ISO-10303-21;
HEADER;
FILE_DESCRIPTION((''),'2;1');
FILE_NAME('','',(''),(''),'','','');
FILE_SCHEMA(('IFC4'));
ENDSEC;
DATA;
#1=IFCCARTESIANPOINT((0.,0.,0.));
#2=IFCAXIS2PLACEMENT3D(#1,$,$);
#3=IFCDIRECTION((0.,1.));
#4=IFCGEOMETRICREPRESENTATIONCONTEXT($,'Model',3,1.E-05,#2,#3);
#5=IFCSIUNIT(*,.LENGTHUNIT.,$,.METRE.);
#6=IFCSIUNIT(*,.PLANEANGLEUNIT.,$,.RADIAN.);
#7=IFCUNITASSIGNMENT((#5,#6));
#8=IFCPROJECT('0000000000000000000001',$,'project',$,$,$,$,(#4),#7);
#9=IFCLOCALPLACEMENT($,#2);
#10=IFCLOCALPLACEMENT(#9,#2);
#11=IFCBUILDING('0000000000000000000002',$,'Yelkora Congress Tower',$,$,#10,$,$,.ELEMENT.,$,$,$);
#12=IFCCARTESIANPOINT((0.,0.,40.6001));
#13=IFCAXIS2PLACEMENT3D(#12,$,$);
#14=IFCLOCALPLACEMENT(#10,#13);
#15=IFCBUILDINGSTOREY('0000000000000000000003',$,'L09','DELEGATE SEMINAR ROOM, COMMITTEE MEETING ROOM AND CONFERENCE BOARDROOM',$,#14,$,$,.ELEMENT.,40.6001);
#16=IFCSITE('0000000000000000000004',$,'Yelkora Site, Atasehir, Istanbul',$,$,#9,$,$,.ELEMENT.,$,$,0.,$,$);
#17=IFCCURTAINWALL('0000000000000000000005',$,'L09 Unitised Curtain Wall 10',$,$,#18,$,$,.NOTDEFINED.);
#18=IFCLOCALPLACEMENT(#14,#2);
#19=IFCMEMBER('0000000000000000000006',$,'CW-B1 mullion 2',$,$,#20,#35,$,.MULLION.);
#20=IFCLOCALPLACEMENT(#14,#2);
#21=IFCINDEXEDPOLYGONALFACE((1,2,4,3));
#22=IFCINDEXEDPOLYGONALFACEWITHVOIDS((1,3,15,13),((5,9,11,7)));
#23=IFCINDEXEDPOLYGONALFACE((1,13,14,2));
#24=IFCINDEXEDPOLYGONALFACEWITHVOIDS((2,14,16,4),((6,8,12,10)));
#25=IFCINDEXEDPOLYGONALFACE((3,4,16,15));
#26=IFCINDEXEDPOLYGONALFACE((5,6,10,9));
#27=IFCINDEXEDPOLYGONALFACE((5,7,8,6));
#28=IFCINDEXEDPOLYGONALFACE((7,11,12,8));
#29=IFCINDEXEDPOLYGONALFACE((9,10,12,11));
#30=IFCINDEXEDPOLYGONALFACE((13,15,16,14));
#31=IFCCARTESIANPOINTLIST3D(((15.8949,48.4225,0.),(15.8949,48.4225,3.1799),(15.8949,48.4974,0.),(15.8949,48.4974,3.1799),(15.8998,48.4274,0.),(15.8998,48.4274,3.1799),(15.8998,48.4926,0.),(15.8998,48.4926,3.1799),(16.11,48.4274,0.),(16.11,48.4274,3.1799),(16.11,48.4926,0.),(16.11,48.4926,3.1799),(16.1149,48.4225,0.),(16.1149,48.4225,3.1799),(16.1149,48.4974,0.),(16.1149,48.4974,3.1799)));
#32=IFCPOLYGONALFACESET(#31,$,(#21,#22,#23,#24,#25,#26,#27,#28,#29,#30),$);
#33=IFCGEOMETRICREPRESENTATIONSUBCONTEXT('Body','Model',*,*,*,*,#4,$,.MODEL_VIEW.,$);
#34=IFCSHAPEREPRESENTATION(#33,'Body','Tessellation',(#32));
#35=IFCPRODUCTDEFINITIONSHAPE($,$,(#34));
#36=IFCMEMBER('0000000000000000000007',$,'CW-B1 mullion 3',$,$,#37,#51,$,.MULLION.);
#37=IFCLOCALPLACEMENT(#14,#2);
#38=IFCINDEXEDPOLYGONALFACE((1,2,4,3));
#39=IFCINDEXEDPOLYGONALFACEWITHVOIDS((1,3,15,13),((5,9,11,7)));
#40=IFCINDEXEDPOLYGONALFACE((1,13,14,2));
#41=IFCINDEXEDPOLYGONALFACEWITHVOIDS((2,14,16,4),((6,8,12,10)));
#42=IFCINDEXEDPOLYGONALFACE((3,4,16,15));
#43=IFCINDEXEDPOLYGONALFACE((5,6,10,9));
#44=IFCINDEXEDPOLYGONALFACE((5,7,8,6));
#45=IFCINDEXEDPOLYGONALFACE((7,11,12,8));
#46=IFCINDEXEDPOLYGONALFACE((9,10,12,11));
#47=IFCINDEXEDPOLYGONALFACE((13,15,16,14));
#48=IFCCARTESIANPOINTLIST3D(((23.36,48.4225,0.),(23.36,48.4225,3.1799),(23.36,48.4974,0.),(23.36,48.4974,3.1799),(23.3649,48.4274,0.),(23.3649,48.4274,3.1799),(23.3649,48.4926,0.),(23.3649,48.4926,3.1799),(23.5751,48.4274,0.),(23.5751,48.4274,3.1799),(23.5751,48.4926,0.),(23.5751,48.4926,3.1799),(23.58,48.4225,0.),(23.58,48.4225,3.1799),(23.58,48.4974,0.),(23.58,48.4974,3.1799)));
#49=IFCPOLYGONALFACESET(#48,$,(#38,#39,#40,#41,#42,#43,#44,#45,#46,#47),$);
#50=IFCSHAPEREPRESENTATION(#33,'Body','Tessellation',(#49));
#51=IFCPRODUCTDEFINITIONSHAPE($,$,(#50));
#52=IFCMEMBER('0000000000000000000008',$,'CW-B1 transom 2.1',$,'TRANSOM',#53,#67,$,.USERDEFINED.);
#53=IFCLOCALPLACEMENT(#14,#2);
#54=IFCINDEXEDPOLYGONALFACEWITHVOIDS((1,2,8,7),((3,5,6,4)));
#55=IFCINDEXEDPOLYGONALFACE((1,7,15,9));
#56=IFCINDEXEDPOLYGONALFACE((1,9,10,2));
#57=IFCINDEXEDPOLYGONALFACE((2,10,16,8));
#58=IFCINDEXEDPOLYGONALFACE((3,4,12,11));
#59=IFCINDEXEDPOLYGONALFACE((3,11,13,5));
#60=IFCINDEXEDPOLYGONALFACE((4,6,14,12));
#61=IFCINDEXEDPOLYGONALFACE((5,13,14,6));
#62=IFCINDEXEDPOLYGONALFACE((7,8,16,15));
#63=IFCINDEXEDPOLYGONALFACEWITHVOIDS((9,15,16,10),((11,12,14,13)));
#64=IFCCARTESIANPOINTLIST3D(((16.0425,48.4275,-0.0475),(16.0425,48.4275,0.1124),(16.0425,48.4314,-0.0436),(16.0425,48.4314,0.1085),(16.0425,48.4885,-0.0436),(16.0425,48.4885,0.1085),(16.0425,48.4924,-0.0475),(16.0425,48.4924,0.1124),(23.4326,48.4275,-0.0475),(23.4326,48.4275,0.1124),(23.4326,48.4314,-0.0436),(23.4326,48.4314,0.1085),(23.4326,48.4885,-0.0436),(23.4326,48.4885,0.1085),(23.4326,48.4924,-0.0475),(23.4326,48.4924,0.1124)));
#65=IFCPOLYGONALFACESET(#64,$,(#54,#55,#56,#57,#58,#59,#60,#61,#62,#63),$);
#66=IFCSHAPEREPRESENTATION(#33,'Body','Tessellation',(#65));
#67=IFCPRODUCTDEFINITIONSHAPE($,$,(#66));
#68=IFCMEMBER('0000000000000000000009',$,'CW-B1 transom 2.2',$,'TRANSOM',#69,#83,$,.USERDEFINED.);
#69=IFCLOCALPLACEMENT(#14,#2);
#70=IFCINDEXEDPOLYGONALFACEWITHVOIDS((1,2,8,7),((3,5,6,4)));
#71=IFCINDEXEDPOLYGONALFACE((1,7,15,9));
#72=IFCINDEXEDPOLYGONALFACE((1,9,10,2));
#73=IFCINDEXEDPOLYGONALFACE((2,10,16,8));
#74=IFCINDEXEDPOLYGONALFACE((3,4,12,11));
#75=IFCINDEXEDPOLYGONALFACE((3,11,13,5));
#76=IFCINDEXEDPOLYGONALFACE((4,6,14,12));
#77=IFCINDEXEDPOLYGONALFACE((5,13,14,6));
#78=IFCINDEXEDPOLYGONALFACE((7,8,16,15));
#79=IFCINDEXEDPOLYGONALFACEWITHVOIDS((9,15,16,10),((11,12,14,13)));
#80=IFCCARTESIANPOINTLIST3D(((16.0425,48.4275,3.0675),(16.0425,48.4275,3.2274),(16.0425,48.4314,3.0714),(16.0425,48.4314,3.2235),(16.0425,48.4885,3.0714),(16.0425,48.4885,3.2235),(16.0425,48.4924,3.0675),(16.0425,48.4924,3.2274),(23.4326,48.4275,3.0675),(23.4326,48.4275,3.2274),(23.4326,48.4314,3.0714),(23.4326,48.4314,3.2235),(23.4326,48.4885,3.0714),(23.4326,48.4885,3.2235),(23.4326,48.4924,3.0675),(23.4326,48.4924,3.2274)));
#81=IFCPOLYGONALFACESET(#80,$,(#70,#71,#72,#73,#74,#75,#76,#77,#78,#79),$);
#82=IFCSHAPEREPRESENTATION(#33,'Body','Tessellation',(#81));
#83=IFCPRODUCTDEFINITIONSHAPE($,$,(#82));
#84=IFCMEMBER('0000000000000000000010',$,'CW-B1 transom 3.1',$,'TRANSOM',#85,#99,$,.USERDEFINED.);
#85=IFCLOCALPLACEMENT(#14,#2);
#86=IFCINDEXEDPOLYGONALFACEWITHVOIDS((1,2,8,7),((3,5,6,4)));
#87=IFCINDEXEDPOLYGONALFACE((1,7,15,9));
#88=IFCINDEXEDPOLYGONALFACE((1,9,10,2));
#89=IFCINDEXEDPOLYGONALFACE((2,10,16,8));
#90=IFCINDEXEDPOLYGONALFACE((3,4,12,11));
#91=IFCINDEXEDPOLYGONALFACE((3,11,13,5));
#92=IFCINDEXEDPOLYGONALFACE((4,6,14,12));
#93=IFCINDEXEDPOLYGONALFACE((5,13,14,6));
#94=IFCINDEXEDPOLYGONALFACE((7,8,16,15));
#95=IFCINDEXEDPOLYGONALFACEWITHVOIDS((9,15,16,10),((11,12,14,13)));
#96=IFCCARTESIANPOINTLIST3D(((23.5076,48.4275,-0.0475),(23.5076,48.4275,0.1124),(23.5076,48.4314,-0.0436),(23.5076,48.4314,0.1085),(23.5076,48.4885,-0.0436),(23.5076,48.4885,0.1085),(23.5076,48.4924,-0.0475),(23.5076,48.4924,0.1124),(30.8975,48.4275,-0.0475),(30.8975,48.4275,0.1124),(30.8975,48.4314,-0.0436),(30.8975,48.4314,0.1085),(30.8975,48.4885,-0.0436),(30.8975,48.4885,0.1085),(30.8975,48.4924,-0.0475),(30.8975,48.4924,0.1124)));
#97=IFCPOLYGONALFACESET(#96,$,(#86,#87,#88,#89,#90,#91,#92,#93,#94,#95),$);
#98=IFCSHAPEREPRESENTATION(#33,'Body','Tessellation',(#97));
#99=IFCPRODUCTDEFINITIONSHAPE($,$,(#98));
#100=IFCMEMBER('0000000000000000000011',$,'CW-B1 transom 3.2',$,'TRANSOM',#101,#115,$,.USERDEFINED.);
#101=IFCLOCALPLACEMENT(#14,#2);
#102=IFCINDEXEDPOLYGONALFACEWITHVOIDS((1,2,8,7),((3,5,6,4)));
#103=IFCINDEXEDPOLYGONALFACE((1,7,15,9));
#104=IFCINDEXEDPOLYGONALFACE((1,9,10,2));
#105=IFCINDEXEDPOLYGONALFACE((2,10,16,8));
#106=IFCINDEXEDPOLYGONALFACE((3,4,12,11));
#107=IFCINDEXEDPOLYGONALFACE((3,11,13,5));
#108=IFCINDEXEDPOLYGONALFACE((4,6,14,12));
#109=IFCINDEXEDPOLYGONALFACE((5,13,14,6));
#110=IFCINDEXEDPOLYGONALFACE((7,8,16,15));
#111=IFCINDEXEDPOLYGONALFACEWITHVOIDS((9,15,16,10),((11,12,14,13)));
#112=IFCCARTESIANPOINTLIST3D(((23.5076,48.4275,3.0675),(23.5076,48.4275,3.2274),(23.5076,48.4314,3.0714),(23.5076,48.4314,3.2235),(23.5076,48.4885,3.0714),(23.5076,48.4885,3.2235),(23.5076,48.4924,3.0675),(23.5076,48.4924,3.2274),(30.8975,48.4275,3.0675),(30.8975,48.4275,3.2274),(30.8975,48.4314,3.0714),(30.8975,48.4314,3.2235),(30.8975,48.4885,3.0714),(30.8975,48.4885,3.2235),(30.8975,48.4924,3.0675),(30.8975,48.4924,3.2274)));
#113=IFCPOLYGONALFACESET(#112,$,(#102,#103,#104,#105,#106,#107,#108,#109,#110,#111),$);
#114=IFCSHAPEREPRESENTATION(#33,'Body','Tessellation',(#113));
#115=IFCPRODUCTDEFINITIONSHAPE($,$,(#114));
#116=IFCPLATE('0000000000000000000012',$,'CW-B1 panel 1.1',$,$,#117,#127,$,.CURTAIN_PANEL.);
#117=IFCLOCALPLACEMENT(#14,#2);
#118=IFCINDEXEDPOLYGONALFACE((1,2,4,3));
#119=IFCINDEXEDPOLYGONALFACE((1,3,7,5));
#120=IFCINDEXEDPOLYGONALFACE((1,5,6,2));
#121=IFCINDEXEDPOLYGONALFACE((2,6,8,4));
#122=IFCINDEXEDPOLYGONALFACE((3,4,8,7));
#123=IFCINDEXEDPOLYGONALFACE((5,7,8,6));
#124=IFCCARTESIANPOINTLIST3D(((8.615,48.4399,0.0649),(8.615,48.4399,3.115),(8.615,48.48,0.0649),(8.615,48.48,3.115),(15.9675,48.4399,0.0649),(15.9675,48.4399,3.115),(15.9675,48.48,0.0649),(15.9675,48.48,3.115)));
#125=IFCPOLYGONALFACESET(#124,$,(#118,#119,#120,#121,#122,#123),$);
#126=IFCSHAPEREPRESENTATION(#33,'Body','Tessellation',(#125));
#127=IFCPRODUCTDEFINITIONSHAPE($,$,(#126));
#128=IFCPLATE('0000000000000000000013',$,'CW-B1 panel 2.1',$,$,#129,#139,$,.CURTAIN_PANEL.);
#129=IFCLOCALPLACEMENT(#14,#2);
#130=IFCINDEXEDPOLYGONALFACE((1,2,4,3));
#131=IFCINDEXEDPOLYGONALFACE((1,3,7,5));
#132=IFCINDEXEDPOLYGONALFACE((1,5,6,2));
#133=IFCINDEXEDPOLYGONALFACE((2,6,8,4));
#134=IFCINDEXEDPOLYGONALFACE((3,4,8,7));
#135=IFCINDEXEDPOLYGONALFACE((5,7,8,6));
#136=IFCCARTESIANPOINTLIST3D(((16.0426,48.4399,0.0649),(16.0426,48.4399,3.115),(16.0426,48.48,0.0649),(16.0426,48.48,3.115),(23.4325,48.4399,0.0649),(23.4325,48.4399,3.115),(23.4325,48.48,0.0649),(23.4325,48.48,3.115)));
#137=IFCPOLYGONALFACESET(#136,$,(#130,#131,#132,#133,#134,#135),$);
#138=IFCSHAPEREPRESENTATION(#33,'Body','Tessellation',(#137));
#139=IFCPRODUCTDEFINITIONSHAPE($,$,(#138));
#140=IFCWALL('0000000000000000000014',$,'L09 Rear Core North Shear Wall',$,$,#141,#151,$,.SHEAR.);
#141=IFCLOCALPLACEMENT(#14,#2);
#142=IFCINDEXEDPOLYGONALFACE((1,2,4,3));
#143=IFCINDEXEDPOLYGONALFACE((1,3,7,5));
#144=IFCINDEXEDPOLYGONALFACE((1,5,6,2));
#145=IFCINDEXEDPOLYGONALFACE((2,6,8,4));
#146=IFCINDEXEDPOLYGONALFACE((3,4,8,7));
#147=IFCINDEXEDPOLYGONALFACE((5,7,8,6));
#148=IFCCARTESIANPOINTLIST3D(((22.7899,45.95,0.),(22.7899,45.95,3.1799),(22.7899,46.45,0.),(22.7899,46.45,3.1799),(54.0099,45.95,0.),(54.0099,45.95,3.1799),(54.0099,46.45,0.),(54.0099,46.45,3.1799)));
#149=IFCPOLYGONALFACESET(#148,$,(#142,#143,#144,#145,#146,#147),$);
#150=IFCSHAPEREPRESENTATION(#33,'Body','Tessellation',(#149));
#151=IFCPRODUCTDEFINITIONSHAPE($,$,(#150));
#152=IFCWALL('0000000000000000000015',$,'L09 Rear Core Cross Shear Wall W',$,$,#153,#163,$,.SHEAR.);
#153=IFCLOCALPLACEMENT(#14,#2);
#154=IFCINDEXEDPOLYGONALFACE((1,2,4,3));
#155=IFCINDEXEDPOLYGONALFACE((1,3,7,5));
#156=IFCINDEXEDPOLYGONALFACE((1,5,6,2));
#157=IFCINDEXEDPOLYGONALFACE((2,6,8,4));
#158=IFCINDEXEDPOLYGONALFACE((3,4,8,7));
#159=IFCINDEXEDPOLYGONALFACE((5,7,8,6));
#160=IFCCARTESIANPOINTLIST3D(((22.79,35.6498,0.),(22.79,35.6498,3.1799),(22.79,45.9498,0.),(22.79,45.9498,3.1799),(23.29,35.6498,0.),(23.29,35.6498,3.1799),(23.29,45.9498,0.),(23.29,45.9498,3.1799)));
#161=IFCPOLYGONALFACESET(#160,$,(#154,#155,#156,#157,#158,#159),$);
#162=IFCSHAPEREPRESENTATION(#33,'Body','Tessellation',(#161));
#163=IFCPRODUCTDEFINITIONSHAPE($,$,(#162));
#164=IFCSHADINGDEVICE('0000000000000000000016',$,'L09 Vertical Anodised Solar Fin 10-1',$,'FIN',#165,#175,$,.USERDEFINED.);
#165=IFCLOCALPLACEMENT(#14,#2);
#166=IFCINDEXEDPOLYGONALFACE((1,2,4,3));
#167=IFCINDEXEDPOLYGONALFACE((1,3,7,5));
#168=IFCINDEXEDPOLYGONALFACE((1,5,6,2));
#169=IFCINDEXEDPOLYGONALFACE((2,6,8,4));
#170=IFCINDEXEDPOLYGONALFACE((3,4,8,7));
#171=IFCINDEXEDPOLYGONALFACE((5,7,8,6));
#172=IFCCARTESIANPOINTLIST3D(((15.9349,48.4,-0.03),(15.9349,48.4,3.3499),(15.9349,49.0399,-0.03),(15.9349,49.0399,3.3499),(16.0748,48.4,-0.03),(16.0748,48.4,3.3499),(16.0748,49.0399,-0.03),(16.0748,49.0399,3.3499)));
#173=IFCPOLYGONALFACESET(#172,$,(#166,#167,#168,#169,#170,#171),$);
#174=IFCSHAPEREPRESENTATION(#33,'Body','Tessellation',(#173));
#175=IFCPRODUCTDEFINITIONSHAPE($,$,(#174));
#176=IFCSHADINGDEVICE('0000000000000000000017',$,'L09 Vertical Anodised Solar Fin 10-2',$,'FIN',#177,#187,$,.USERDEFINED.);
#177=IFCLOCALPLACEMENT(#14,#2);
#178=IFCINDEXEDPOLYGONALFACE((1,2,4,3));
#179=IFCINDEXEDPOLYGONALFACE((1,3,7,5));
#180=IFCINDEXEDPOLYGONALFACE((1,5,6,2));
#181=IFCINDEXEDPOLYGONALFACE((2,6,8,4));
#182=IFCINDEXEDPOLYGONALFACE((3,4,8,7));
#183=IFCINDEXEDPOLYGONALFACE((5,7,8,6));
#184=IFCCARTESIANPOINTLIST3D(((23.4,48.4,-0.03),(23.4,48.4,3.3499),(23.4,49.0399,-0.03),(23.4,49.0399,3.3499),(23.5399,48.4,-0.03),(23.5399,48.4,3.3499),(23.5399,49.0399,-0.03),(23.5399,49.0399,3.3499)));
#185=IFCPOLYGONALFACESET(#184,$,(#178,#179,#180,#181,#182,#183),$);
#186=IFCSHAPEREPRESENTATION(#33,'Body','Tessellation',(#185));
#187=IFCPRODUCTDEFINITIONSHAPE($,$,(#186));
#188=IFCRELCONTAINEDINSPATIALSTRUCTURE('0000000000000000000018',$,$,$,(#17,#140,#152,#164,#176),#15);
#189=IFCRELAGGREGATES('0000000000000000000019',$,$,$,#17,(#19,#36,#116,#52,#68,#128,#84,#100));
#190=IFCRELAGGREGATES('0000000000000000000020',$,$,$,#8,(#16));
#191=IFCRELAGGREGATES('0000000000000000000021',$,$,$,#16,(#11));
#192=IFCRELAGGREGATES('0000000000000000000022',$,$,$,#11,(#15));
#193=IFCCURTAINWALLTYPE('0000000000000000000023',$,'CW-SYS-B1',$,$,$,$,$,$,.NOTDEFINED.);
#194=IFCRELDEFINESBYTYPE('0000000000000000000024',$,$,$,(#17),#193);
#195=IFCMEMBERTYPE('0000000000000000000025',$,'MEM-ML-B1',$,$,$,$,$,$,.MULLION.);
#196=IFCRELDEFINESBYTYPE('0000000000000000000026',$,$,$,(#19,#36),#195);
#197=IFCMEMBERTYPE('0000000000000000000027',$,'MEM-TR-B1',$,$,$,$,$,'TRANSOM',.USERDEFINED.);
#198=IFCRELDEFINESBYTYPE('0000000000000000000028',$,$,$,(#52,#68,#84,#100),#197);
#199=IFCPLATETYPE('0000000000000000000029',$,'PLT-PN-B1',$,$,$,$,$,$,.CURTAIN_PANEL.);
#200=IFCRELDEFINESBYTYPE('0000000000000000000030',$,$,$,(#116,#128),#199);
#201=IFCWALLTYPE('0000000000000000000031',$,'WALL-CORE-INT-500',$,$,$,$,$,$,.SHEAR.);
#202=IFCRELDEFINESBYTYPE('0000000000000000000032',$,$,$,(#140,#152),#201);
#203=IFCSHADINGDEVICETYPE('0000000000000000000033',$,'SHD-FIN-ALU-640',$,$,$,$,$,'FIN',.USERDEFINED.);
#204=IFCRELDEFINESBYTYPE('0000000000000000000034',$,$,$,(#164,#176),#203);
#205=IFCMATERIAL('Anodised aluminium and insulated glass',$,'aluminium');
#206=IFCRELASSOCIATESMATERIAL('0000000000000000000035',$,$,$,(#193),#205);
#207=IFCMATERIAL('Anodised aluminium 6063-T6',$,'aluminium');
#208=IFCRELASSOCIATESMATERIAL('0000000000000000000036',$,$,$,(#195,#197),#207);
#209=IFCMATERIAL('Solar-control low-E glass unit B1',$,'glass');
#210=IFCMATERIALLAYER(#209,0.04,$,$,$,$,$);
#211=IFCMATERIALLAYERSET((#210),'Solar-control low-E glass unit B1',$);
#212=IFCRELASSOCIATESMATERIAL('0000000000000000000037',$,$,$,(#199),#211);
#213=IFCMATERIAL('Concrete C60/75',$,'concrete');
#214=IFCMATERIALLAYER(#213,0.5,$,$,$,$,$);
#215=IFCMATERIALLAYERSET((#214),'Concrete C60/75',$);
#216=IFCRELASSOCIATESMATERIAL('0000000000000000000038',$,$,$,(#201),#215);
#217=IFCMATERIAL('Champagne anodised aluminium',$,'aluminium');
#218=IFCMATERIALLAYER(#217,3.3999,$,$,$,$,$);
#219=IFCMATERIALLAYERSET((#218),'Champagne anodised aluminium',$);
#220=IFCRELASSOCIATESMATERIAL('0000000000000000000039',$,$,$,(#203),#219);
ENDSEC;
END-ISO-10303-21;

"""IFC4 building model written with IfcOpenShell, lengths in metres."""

from ifc_helpers import new_model, si_unit, direction, frame, frame_2d, origin, origin_2d, place, context, subcontext, project, spatial, rectangle, hollow_rectangle, extrude, material, layer, layer_set, material_profile, profile_set, type_object, element, aggregate, save


model = new_model("IFC4")

# Units and contexts
model_context = context("Model", 3, precision=1e-05, world=origin(), true_north=direction((0.0, 1.0)))
body_context = subcontext(model_context, "Body", "Model", "MODEL_VIEW")
ifc_project = project(units=[si_unit("LENGTHUNIT", "METRE"), si_unit("PLANEANGLEUNIT", "RADIAN")], contexts=[model_context])

# Site, building, storey
site_placement = place(None, origin())
site = spatial("IfcSite", under=ifc_project, at=site_placement, Name="Yelkora Site, Atasehir, Istanbul", CompositionType="ELEMENT", RefElevation=0.0)
building_placement = place(site_placement, origin())
building = spatial("IfcBuilding", under=site, at=building_placement, Name="Yelkora Congress Tower", CompositionType="ELEMENT")
storey_placement = place(building_placement, frame((0.0, 0.0, 40.6001)))
storey = spatial("IfcBuildingStorey", under=building, at=storey_placement, Name="L09", Description="DELEGATE SEMINAR ROOM, COMMITTEE MEETING ROOM AND CONFERENCE BOARDROOM", CompositionType="ELEMENT", Elevation=40.6001)

# Shared definitions
ifc_material_1 = material(Name="Concrete C60/75", Category="concrete")

# Curtain wall, members, plates
ifc_material_2 = material(Name="Anodised aluminium and insulated glass", Category="aluminium")
curtain_wall_type = type_object("IfcCurtainWallType", Name="CW-SYS-B1", PredefinedType="NOTDEFINED", material=ifc_material_2)
curtain_wall_placement = place(storey_placement, origin())
curtain_wall = element("IfcCurtainWall", 1, at=curtain_wall_placement, inside=storey, type_object=curtain_wall_type, Name="L09 Unitised Curtain Wall 10", PredefinedType="NOTDEFINED")
ifc_material_3 = material(Name="Anodised aluminium 6063-T6", Category="aluminium")
ifc_material_profile_1 = material_profile(ifc_material_3, hollow_rectangle(XDim=0.075, YDim=0.22, WallThickness=0.0049, at=origin_2d()), Name="ALU 75x220x5")
ifc_profile_set_1 = profile_set([ifc_material_profile_1], Name="Anodised aluminium 6063-T6")
member_type_1 = type_object("IfcMemberType", Name="MEM-ML-B1", PredefinedType="MULLION", material=ifc_profile_set_1)
member_1_placement = place(storey_placement, frame((16.0049, 48.46, 0.0), z_axis=(0.0, 0.0, 1.0), x_axis=(0.0, 1.0, 0.0)))
member_1 = element("IfcMember", 2, at=member_1_placement, type_object=member_type_1, Name="CW-B1 mullion 2", PredefinedType="MULLION", context=body_context, shape_type="SweptSolid", body=[
    extrude(hollow_rectangle(XDim=0.075, YDim=0.22, WallThickness=0.0049, at=origin_2d()), origin(), (0.0, 0.0, 1.0), 3.1799),
])
member_2_placement = place(storey_placement, frame((23.47, 48.46, 0.0), z_axis=(0.0, 0.0, 1.0), x_axis=(0.0, 1.0, 0.0)))
member_2 = element("IfcMember", 3, at=member_2_placement, type_object=member_type_1, Name="CW-B1 mullion 3", PredefinedType="MULLION", context=body_context, shape_type="SweptSolid", body=[
    extrude(hollow_rectangle(XDim=0.075, YDim=0.22, WallThickness=0.0049, at=origin_2d()), origin(), (0.0, 0.0, 1.0), 3.1799),
])
ifc_material_profile_2 = material_profile(ifc_material_3, hollow_rectangle(XDim=0.0649, YDim=0.1599, WallThickness=0.0039, at=origin_2d()), Name="ALU 65x160x4")
ifc_profile_set_2 = profile_set([ifc_material_profile_2], Name="Anodised aluminium 6063-T6")
member_type_2 = type_object("IfcMemberType", Name="MEM-TR-B1", ElementType="TRANSOM", PredefinedType="USERDEFINED", material=ifc_profile_set_2)
member_3_placement = place(storey_placement, frame((16.0425, 48.46, 0.0325), z_axis=(1.0, 0.0, 0.0), x_axis=(0.0, 1.0, 0.0)))
member_3 = element("IfcMember", 4, at=member_3_placement, type_object=member_type_2, Name="CW-B1 transom 2.1", ObjectType="TRANSOM", PredefinedType="USERDEFINED", context=body_context, shape_type="SweptSolid", body=[
    extrude(hollow_rectangle(XDim=0.0649, YDim=0.1599, WallThickness=0.0039, at=origin_2d()), origin(), (0.0, 0.0, 1.0), 7.3901),
])
member_4_placement = place(storey_placement, frame((16.0425, 48.46, 3.1475), z_axis=(1.0, 0.0, 0.0), x_axis=(0.0, 1.0, 0.0)))
member_4 = element("IfcMember", 5, at=member_4_placement, type_object=member_type_2, Name="CW-B1 transom 2.2", ObjectType="TRANSOM", PredefinedType="USERDEFINED", context=body_context, shape_type="SweptSolid", body=[
    extrude(hollow_rectangle(XDim=0.0649, YDim=0.1599, WallThickness=0.0039, at=origin_2d()), origin(), (0.0, 0.0, 1.0), 7.3901),
])
member_5_placement = place(storey_placement, frame((23.5076, 48.46, 0.0325), z_axis=(1.0, 0.0, 0.0), x_axis=(0.0, 1.0, 0.0)))
member_5 = element("IfcMember", 6, at=member_5_placement, type_object=member_type_2, Name="CW-B1 transom 3.1", ObjectType="TRANSOM", PredefinedType="USERDEFINED", context=body_context, shape_type="SweptSolid", body=[
    extrude(hollow_rectangle(XDim=0.0649, YDim=0.1599, WallThickness=0.0039, at=origin_2d()), origin(), (0.0, 0.0, 1.0), 7.3899),
])
member_6_placement = place(storey_placement, frame((23.5076, 48.46, 3.1475), z_axis=(1.0, 0.0, 0.0), x_axis=(0.0, 1.0, 0.0)))
member_6 = element("IfcMember", 7, at=member_6_placement, type_object=member_type_2, Name="CW-B1 transom 3.2", ObjectType="TRANSOM", PredefinedType="USERDEFINED", context=body_context, shape_type="SweptSolid", body=[
    extrude(hollow_rectangle(XDim=0.0649, YDim=0.1599, WallThickness=0.0039, at=origin_2d()), origin(), (0.0, 0.0, 1.0), 7.3899),
])
ifc_material_4 = material(Name="Solar-control low-E glass unit B1", Category="glass")
ifc_layer_1 = layer(ifc_material_4, 0.04)
ifc_layer_set_1 = layer_set([ifc_layer_1], Name="Solar-control low-E glass unit B1")
plate_type = type_object("IfcPlateType", Name="PLT-PN-B1", PredefinedType="CURTAIN_PANEL", material=ifc_layer_set_1)
plate_1_placement = place(storey_placement, frame((12.2913, 48.46, 0.0649), z_axis=(0.0, 0.0, 1.0), x_axis=(1.0, 0.0, 0.0)))
plate_1 = element("IfcPlate", 8, at=plate_1_placement, type_object=plate_type, Name="CW-B1 panel 1.1", PredefinedType="CURTAIN_PANEL", context=body_context, shape_type="SweptSolid", body=[
    extrude(rectangle(XDim=7.3525, YDim=0.04, at=origin_2d()), origin(), (0.0, 0.0, 1.0), 3.05),
])
plate_2_placement = place(storey_placement, frame((19.7375, 48.46, 0.0649), z_axis=(0.0, 0.0, 1.0), x_axis=(1.0, 0.0, 0.0)))
plate_2 = element("IfcPlate", 9, at=plate_2_placement, type_object=plate_type, Name="CW-B1 panel 2.1", PredefinedType="CURTAIN_PANEL", context=body_context, shape_type="SweptSolid", body=[
    extrude(rectangle(XDim=7.3899, YDim=0.04, at=origin_2d()), origin(), (0.0, 0.0, 1.0), 3.05),
])
aggregate(curtain_wall, [member_1, member_2, plate_1, member_3, member_4, plate_2, member_5, member_6])

# Walls
ifc_layer_2 = layer(ifc_material_1, 0.5)
ifc_layer_set_2 = layer_set([ifc_layer_2], Name="Concrete C60/75")
wall_type_1 = type_object("IfcWallType", Name="WALL-CORE-INT-500", PredefinedType="SHEAR", material=ifc_layer_set_2)
wall_1_placement = place(storey_placement, frame((22.79, 46.2, 0.0), z_axis=(0.0, 0.0, 1.0), x_axis=(1.0, 0.0, 0.0)))
element("IfcWall", 10, at=wall_1_placement, inside=storey, type_object=wall_type_1, Name="L09 Rear Core North Shear Wall", PredefinedType="SHEAR", context=body_context, shape_type="SweptSolid", body=[
    extrude(rectangle(XDim=31.22, YDim=0.5, at=frame_2d((15.6099, 0.0))), origin(), (0.0, 0.0, 1.0), 3.1799),
])
wall_2_placement = place(storey_placement, frame((23.04, 35.6499, 0.0), z_axis=(0.0, 0.0, 1.0), x_axis=(0.0, 1.0, 0.0)))
element("IfcWall", 11, at=wall_2_placement, inside=storey, type_object=wall_type_1, Name="L09 Rear Core Cross Shear Wall W", PredefinedType="SHEAR", context=body_context, shape_type="SweptSolid", body=[
    extrude(rectangle(XDim=10.3, YDim=0.5, at=frame_2d((5.1499, 0.0))), origin(), (0.0, 0.0, 1.0), 3.1799),
])

# Shading devices
ifc_material_5 = material(Name="Champagne anodised aluminium", Category="aluminium")
ifc_layer_3 = layer(ifc_material_5, 3.3999)
ifc_layer_set_3 = layer_set([ifc_layer_3], Name="Champagne anodised aluminium")
shading_device_type = type_object("IfcShadingDeviceType", Name="SHD-FIN-ALU-640", ElementType="FIN", PredefinedType="USERDEFINED", material=ifc_layer_set_3)
for number, where, z_axis, x_axis, name in (
    (12, (16.0049, 48.72, -0.03), (0.0, 0.0, 1.0), (1.0, 0.0, 0.0), "L09 Vertical Anodised Solar Fin 10-1"),
    (13, (23.47, 48.72, -0.03), (0.0, 0.0, 1.0), (1.0, 0.0, 0.0), "L09 Vertical Anodised Solar Fin 10-2"),
):
    element("IfcShadingDevice", number, at=place(storey_placement, frame(where, z_axis=z_axis, x_axis=x_axis)), inside=storey, type_object=shading_device_type, Name=name, ObjectType="FIN", PredefinedType="USERDEFINED", context=body_context, shape_type="SweptSolid", body=[
        extrude(rectangle(XDim=0.1399, YDim=0.6399, at=origin_2d()), origin(), (0.0, 0.0, 1.0), 3.3799),
    ])

save(model, "model.ifc")
